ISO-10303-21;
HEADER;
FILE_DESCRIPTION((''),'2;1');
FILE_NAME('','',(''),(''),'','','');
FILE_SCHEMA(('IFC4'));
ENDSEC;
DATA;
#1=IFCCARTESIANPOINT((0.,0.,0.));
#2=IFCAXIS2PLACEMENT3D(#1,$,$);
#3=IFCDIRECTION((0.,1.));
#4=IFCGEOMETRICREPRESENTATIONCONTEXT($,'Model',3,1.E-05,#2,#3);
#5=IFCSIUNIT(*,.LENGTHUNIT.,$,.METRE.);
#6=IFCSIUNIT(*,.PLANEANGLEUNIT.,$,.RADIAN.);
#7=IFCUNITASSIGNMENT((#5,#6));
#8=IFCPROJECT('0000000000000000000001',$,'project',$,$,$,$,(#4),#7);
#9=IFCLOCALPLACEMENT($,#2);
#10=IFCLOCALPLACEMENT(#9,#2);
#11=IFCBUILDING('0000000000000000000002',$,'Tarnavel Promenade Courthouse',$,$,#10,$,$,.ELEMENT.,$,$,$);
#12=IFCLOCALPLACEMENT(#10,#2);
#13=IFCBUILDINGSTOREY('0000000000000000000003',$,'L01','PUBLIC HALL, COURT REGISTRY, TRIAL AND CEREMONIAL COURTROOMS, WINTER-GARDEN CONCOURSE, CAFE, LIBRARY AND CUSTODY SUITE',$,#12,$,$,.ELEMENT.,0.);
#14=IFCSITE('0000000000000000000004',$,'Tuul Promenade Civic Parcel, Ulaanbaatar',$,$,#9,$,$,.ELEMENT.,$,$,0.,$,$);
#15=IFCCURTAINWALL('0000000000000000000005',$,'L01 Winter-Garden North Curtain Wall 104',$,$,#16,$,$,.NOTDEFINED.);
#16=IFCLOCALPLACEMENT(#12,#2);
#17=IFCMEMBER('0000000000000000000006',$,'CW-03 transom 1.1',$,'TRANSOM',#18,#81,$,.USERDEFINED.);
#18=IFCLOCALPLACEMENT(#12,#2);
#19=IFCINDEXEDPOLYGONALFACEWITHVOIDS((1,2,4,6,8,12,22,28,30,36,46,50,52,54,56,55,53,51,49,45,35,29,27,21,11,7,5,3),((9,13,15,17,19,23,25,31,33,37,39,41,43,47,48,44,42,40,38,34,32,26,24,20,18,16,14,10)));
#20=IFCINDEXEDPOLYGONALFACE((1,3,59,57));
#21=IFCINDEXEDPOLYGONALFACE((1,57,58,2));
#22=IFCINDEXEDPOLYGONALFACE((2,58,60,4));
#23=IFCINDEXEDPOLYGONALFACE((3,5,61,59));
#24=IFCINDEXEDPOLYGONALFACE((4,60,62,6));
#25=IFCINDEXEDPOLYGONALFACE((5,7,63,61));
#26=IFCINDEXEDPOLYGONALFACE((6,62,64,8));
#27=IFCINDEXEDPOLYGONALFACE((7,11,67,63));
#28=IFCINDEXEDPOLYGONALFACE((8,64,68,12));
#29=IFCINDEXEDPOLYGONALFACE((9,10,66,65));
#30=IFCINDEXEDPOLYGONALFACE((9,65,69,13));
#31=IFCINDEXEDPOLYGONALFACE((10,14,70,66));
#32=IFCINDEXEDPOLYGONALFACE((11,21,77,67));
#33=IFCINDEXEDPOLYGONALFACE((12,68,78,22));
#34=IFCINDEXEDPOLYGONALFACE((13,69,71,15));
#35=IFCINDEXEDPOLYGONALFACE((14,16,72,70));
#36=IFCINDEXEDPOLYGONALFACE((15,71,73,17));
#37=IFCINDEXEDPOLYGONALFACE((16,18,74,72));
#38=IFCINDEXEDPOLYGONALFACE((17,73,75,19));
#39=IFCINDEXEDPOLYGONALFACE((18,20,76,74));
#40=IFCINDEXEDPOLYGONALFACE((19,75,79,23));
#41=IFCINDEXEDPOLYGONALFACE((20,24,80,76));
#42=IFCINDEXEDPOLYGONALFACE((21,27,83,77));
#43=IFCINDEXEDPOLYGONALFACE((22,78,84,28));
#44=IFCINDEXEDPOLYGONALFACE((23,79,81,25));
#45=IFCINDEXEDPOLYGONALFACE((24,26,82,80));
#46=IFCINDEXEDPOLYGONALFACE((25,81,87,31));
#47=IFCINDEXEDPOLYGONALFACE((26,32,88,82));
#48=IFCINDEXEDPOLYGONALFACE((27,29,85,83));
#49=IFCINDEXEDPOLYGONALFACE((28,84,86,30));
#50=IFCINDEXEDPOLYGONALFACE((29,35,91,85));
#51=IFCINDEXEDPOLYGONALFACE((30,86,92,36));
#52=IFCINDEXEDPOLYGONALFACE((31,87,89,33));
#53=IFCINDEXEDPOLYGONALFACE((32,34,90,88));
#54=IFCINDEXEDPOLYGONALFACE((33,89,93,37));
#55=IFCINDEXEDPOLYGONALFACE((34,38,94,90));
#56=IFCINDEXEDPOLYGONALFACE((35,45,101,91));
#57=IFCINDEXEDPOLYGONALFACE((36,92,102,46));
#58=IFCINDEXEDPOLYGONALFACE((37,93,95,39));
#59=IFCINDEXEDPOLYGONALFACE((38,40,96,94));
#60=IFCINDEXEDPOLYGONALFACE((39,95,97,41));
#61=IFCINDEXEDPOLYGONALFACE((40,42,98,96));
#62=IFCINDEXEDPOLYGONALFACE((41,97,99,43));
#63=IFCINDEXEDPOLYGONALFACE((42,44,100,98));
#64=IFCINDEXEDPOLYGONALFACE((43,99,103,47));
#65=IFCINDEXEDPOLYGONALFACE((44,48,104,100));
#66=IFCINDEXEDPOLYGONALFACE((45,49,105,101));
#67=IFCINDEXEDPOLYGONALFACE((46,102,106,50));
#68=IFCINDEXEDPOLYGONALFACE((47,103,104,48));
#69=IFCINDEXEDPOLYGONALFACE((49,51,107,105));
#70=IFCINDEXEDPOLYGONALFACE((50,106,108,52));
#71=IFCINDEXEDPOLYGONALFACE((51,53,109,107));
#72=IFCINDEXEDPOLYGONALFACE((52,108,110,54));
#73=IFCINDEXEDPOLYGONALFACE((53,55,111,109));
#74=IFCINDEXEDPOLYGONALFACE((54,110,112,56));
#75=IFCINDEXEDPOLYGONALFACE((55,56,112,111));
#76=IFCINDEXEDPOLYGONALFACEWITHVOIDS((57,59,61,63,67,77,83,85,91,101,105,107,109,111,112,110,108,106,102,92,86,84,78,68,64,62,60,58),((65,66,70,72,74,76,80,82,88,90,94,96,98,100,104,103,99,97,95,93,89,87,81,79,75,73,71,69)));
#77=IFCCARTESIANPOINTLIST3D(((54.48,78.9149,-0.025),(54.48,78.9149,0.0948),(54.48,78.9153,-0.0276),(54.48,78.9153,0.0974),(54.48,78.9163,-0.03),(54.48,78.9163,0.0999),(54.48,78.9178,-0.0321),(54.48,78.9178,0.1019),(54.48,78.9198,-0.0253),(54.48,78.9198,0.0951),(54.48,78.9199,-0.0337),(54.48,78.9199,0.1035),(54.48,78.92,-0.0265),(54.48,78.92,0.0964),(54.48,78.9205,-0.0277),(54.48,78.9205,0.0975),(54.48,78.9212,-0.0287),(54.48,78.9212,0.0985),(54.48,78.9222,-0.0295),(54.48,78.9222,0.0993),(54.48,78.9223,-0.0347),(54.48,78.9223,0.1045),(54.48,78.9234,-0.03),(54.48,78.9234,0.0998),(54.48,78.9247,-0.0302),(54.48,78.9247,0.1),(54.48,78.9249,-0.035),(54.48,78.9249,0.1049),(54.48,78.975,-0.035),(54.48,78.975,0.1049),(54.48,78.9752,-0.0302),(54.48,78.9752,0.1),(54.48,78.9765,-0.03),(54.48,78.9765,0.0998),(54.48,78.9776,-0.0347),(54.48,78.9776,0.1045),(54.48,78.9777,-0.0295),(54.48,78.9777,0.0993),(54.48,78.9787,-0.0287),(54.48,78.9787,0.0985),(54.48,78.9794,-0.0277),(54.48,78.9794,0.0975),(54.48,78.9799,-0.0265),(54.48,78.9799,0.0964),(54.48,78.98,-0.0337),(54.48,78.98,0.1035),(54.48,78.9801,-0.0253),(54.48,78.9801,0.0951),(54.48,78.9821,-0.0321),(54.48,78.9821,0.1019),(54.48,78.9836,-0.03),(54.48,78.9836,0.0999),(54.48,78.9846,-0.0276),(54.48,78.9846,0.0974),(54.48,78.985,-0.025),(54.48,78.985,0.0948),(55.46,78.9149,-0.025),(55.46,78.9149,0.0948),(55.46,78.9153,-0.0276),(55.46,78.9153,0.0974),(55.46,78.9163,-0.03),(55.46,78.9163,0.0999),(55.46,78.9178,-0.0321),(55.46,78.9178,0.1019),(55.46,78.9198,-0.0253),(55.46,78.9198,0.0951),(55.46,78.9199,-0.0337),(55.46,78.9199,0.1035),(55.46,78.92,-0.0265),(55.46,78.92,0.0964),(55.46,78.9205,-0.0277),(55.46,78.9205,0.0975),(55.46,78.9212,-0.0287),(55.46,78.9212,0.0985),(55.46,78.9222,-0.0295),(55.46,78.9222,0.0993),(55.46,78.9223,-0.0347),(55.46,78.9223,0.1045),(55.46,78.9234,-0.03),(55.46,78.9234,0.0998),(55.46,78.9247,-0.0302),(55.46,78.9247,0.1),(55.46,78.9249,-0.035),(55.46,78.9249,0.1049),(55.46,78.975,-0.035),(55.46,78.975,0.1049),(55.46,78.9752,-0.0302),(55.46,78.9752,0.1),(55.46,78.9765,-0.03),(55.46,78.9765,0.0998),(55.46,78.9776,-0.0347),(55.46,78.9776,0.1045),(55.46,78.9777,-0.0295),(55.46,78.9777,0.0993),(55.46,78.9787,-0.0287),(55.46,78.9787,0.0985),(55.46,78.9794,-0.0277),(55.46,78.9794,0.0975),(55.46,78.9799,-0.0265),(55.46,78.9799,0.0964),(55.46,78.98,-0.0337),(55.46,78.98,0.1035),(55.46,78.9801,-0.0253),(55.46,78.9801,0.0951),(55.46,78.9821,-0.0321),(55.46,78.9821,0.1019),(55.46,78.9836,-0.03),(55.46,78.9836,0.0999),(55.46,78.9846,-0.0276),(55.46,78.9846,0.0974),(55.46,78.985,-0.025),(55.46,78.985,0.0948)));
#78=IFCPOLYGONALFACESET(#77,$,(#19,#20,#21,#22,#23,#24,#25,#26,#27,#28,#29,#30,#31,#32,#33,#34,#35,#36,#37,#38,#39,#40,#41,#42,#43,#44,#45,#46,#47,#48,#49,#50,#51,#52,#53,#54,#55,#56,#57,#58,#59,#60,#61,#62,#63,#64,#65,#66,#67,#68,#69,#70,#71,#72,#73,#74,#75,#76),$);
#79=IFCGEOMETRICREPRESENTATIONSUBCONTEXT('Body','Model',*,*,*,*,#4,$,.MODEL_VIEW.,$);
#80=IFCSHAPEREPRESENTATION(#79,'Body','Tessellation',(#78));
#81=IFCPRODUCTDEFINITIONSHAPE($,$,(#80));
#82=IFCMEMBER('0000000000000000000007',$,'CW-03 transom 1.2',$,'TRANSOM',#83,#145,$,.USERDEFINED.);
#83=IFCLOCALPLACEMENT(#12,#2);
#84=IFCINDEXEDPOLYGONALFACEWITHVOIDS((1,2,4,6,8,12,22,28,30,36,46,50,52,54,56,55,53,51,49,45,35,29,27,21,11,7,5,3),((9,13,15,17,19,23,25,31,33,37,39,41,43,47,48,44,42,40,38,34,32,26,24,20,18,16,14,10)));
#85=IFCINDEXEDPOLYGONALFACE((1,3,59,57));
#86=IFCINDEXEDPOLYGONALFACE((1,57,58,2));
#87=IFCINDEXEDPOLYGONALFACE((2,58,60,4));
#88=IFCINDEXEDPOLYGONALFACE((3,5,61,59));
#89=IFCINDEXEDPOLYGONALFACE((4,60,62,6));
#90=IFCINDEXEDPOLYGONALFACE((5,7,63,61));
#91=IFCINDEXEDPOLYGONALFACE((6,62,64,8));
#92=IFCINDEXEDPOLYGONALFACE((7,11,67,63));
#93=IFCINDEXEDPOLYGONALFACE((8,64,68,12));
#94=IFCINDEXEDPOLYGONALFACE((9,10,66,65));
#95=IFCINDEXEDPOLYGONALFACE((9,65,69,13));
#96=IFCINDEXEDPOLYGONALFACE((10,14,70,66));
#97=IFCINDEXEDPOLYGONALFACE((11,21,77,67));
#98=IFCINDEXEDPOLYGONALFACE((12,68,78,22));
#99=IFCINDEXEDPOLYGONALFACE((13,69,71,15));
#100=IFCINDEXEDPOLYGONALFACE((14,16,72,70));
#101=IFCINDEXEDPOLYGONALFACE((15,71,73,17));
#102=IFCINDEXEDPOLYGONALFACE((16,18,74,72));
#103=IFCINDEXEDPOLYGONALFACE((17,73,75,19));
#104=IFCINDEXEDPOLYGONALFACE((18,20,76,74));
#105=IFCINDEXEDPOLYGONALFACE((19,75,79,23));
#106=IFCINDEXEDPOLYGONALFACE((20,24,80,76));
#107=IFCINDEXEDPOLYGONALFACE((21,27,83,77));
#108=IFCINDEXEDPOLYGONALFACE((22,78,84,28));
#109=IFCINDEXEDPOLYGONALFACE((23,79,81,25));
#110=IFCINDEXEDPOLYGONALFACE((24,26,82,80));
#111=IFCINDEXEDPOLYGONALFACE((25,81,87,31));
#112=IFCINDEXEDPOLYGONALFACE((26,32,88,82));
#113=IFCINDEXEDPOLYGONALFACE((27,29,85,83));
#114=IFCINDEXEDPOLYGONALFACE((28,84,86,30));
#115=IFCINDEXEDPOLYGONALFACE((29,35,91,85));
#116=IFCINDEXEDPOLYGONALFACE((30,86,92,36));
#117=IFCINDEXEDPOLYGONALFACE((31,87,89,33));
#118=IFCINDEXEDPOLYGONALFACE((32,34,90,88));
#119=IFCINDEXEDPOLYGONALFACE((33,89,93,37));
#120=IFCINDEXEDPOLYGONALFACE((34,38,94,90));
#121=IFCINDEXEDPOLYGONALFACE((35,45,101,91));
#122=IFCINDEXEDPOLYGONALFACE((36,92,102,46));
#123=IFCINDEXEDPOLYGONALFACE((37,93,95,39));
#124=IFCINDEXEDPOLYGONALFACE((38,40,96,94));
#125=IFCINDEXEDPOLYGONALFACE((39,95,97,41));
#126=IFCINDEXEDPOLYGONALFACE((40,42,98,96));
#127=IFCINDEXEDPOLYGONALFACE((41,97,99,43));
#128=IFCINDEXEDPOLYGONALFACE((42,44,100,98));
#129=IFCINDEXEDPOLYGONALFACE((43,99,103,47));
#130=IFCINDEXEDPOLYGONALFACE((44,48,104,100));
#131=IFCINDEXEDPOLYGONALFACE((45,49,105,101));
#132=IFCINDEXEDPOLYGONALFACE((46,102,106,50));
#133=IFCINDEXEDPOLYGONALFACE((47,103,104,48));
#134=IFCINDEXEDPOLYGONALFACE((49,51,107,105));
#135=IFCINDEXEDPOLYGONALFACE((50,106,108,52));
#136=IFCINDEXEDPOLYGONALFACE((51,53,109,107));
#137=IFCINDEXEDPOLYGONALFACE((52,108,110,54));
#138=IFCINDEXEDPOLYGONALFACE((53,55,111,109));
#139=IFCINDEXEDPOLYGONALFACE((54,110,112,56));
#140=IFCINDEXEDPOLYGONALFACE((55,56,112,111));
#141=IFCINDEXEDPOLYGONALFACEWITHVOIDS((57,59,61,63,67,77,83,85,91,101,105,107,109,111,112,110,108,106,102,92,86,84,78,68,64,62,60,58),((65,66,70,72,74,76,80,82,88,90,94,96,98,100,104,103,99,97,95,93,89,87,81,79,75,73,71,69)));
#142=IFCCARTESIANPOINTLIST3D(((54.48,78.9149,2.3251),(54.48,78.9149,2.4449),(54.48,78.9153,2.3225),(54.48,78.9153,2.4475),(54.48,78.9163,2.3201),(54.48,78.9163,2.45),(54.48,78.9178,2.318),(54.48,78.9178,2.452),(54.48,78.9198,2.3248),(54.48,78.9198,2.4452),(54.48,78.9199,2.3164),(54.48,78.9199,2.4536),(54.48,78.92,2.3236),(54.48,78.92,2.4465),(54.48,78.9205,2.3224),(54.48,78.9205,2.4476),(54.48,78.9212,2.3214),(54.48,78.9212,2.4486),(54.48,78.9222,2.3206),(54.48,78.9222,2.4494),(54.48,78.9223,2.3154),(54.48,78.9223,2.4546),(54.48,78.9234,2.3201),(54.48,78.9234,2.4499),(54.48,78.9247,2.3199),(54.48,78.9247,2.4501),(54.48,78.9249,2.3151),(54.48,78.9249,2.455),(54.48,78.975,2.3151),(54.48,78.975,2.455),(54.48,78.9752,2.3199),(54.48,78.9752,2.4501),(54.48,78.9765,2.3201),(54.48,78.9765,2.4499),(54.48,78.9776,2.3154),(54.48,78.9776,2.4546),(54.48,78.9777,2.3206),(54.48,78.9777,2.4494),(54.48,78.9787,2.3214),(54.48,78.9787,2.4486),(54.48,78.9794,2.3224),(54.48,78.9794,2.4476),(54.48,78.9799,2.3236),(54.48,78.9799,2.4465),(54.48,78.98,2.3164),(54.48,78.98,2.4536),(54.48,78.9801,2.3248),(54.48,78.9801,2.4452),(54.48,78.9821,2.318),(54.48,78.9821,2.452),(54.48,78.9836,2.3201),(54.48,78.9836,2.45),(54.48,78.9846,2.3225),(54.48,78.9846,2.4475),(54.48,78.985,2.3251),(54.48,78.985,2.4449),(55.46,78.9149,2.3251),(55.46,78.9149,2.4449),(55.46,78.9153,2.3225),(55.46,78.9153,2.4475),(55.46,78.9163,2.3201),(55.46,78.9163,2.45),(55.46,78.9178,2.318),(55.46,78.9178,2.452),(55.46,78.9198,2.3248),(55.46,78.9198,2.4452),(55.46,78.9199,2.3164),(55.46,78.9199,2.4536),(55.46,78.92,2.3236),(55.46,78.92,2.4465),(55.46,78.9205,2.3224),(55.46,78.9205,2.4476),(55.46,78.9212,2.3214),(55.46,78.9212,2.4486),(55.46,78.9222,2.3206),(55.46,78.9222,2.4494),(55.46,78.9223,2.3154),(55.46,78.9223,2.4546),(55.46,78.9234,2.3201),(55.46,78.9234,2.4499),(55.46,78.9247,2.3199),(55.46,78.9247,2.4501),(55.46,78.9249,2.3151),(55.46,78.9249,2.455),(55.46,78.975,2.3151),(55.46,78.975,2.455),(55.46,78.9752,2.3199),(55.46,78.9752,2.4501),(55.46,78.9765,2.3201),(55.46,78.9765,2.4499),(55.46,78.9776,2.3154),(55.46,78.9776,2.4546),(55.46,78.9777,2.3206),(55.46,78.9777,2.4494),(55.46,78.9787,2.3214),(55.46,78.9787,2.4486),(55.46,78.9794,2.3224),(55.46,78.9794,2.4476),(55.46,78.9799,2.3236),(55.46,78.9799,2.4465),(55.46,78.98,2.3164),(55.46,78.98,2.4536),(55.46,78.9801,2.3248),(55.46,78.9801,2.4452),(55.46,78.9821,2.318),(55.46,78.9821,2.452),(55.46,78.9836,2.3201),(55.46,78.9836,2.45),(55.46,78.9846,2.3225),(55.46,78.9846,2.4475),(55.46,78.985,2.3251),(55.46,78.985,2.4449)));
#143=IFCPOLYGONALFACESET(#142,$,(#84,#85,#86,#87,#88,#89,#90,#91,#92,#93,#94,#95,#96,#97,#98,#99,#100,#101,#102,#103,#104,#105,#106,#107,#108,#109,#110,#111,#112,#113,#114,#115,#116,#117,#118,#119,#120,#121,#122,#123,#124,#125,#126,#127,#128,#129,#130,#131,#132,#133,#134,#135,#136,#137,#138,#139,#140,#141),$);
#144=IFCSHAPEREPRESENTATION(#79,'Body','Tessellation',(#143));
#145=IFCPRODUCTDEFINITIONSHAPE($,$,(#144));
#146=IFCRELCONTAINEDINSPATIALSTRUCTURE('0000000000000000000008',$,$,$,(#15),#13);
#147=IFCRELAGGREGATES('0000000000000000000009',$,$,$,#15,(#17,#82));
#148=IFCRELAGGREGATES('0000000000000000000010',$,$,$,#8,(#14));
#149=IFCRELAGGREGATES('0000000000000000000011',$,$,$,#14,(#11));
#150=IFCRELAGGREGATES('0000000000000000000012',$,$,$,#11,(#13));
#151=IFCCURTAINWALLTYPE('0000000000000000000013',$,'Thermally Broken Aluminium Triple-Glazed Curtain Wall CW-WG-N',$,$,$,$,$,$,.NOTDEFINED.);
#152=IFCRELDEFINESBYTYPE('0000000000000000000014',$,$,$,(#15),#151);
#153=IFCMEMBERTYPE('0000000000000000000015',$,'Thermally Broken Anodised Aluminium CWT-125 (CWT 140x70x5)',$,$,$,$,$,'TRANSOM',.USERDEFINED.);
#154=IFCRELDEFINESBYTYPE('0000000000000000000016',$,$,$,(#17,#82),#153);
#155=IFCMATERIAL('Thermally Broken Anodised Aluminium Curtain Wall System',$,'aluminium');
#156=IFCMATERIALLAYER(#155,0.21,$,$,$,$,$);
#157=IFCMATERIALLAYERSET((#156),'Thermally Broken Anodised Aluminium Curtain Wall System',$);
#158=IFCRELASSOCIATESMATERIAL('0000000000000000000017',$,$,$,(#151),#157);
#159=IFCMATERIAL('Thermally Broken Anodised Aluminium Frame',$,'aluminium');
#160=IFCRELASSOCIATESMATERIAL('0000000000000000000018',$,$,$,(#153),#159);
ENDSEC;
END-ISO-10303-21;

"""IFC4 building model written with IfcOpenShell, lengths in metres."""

from ifc_helpers import new_model, si_unit, direction, frame, origin, origin_2d, place, context, subcontext, project, spatial, hollow_rectangle, extrude, material, layer, layer_set, material_profile, profile_set, type_object, element, aggregate, save


model = new_model("IFC4")

# Units and contexts
model_context = context("Model", 3, precision=1e-05, world=origin(), true_north=direction((0.0, 1.0)))
body_context = subcontext(model_context, "Body", "Model", "MODEL_VIEW")
ifc_project = project(units=[si_unit("LENGTHUNIT", "METRE"), si_unit("PLANEANGLEUNIT", "RADIAN")], contexts=[model_context])

# Site, building, storey
site_placement = place(None, origin())
site = spatial("IfcSite", under=ifc_project, at=site_placement, Name="Tuul Promenade Civic Parcel, Ulaanbaatar", CompositionType="ELEMENT", RefElevation=0.0)
building_placement = place(site_placement, origin())
building = spatial("IfcBuilding", under=site, at=building_placement, Name="Tarnavel Promenade Courthouse", CompositionType="ELEMENT")
storey_placement = place(building_placement, origin())
storey = spatial("IfcBuildingStorey", under=building, at=storey_placement, Name="L01", Description="PUBLIC HALL, COURT REGISTRY, TRIAL AND CEREMONIAL COURTROOMS, WINTER-GARDEN CONCOURSE, CAFE, LIBRARY AND CUSTODY SUITE", CompositionType="ELEMENT", Elevation=0.0)

# Shared definitions
ifc_material_1 = material(Name="Thermally Broken Anodised Aluminium Curtain Wall System", Category="aluminium")
ifc_layer_1 = layer(ifc_material_1, 0.21)
ifc_layer_set_1 = layer_set([ifc_layer_1], Name="Thermally Broken Anodised Aluminium Curtain Wall System")
curtain_wall_type = type_object("IfcCurtainWallType", Name="Thermally Broken Aluminium Triple-Glazed Curtain Wall CW-WG-N", PredefinedType="NOTDEFINED", material=ifc_layer_set_1)
ifc_material_2 = material(Name="Thermally Broken Anodised Aluminium Frame", Category="aluminium")

# Curtain wall
curtain_wall_1_placement = place(storey_placement, origin())
curtain_wall_1 = element("IfcCurtainWall", 1, at=curtain_wall_1_placement, inside=storey, type_object=curtain_wall_type, Name="L01 Winter-Garden North Curtain Wall 104", PredefinedType="NOTDEFINED")

# Members
ifc_material_profile_1 = material_profile(ifc_material_2, hollow_rectangle(XDim=0.0701, YDim=0.1399, WallThickness=0.0049, InnerFilletRadius=0.0049, OuterFilletRadius=0.01, at=origin_2d()), Name="CWT 140x70x5")
ifc_profile_set_1 = profile_set([ifc_material_profile_1], Name="Thermally Broken Anodised Aluminium Frame")
member_type_1 = type_object("IfcMemberType", Name="Thermally Broken Anodised Aluminium CWT-125 (CWT 140x70x5)", ElementType="TRANSOM", PredefinedType="USERDEFINED", material=ifc_profile_set_1)
member_1_placement = place(storey_placement, frame((54.48, 78.95, 0.0349), z_axis=(1.0, 0.0, 0.0), x_axis=(0.0, 1.0, 0.0)))
member_1 = element("IfcMember", 2, at=member_1_placement, type_object=member_type_1, Name="CW-03 transom 1.1", ObjectType="TRANSOM", PredefinedType="USERDEFINED", context=body_context, shape_type="SweptSolid", body=[
    extrude(hollow_rectangle(XDim=0.0701, YDim=0.1399, WallThickness=0.0049, InnerFilletRadius=0.0049, OuterFilletRadius=0.01, at=origin_2d()), origin(), (0.0, 0.0, 1.0), 0.98),
])
member_2_placement = place(storey_placement, frame((54.48, 78.95, 2.385), z_axis=(1.0, 0.0, 0.0), x_axis=(0.0, 1.0, 0.0)))
member_2 = element("IfcMember", 3, at=member_2_placement, type_object=member_type_1, Name="CW-03 transom 1.2", ObjectType="TRANSOM", PredefinedType="USERDEFINED", context=body_context, shape_type="SweptSolid", body=[
    extrude(hollow_rectangle(XDim=0.0701, YDim=0.1399, WallThickness=0.0049, InnerFilletRadius=0.0049, OuterFilletRadius=0.01, at=origin_2d()), origin(), (0.0, 0.0, 1.0), 0.98),
])

aggregate(curtain_wall_1, [member_1, member_2])

save(model, "model.ifc")
